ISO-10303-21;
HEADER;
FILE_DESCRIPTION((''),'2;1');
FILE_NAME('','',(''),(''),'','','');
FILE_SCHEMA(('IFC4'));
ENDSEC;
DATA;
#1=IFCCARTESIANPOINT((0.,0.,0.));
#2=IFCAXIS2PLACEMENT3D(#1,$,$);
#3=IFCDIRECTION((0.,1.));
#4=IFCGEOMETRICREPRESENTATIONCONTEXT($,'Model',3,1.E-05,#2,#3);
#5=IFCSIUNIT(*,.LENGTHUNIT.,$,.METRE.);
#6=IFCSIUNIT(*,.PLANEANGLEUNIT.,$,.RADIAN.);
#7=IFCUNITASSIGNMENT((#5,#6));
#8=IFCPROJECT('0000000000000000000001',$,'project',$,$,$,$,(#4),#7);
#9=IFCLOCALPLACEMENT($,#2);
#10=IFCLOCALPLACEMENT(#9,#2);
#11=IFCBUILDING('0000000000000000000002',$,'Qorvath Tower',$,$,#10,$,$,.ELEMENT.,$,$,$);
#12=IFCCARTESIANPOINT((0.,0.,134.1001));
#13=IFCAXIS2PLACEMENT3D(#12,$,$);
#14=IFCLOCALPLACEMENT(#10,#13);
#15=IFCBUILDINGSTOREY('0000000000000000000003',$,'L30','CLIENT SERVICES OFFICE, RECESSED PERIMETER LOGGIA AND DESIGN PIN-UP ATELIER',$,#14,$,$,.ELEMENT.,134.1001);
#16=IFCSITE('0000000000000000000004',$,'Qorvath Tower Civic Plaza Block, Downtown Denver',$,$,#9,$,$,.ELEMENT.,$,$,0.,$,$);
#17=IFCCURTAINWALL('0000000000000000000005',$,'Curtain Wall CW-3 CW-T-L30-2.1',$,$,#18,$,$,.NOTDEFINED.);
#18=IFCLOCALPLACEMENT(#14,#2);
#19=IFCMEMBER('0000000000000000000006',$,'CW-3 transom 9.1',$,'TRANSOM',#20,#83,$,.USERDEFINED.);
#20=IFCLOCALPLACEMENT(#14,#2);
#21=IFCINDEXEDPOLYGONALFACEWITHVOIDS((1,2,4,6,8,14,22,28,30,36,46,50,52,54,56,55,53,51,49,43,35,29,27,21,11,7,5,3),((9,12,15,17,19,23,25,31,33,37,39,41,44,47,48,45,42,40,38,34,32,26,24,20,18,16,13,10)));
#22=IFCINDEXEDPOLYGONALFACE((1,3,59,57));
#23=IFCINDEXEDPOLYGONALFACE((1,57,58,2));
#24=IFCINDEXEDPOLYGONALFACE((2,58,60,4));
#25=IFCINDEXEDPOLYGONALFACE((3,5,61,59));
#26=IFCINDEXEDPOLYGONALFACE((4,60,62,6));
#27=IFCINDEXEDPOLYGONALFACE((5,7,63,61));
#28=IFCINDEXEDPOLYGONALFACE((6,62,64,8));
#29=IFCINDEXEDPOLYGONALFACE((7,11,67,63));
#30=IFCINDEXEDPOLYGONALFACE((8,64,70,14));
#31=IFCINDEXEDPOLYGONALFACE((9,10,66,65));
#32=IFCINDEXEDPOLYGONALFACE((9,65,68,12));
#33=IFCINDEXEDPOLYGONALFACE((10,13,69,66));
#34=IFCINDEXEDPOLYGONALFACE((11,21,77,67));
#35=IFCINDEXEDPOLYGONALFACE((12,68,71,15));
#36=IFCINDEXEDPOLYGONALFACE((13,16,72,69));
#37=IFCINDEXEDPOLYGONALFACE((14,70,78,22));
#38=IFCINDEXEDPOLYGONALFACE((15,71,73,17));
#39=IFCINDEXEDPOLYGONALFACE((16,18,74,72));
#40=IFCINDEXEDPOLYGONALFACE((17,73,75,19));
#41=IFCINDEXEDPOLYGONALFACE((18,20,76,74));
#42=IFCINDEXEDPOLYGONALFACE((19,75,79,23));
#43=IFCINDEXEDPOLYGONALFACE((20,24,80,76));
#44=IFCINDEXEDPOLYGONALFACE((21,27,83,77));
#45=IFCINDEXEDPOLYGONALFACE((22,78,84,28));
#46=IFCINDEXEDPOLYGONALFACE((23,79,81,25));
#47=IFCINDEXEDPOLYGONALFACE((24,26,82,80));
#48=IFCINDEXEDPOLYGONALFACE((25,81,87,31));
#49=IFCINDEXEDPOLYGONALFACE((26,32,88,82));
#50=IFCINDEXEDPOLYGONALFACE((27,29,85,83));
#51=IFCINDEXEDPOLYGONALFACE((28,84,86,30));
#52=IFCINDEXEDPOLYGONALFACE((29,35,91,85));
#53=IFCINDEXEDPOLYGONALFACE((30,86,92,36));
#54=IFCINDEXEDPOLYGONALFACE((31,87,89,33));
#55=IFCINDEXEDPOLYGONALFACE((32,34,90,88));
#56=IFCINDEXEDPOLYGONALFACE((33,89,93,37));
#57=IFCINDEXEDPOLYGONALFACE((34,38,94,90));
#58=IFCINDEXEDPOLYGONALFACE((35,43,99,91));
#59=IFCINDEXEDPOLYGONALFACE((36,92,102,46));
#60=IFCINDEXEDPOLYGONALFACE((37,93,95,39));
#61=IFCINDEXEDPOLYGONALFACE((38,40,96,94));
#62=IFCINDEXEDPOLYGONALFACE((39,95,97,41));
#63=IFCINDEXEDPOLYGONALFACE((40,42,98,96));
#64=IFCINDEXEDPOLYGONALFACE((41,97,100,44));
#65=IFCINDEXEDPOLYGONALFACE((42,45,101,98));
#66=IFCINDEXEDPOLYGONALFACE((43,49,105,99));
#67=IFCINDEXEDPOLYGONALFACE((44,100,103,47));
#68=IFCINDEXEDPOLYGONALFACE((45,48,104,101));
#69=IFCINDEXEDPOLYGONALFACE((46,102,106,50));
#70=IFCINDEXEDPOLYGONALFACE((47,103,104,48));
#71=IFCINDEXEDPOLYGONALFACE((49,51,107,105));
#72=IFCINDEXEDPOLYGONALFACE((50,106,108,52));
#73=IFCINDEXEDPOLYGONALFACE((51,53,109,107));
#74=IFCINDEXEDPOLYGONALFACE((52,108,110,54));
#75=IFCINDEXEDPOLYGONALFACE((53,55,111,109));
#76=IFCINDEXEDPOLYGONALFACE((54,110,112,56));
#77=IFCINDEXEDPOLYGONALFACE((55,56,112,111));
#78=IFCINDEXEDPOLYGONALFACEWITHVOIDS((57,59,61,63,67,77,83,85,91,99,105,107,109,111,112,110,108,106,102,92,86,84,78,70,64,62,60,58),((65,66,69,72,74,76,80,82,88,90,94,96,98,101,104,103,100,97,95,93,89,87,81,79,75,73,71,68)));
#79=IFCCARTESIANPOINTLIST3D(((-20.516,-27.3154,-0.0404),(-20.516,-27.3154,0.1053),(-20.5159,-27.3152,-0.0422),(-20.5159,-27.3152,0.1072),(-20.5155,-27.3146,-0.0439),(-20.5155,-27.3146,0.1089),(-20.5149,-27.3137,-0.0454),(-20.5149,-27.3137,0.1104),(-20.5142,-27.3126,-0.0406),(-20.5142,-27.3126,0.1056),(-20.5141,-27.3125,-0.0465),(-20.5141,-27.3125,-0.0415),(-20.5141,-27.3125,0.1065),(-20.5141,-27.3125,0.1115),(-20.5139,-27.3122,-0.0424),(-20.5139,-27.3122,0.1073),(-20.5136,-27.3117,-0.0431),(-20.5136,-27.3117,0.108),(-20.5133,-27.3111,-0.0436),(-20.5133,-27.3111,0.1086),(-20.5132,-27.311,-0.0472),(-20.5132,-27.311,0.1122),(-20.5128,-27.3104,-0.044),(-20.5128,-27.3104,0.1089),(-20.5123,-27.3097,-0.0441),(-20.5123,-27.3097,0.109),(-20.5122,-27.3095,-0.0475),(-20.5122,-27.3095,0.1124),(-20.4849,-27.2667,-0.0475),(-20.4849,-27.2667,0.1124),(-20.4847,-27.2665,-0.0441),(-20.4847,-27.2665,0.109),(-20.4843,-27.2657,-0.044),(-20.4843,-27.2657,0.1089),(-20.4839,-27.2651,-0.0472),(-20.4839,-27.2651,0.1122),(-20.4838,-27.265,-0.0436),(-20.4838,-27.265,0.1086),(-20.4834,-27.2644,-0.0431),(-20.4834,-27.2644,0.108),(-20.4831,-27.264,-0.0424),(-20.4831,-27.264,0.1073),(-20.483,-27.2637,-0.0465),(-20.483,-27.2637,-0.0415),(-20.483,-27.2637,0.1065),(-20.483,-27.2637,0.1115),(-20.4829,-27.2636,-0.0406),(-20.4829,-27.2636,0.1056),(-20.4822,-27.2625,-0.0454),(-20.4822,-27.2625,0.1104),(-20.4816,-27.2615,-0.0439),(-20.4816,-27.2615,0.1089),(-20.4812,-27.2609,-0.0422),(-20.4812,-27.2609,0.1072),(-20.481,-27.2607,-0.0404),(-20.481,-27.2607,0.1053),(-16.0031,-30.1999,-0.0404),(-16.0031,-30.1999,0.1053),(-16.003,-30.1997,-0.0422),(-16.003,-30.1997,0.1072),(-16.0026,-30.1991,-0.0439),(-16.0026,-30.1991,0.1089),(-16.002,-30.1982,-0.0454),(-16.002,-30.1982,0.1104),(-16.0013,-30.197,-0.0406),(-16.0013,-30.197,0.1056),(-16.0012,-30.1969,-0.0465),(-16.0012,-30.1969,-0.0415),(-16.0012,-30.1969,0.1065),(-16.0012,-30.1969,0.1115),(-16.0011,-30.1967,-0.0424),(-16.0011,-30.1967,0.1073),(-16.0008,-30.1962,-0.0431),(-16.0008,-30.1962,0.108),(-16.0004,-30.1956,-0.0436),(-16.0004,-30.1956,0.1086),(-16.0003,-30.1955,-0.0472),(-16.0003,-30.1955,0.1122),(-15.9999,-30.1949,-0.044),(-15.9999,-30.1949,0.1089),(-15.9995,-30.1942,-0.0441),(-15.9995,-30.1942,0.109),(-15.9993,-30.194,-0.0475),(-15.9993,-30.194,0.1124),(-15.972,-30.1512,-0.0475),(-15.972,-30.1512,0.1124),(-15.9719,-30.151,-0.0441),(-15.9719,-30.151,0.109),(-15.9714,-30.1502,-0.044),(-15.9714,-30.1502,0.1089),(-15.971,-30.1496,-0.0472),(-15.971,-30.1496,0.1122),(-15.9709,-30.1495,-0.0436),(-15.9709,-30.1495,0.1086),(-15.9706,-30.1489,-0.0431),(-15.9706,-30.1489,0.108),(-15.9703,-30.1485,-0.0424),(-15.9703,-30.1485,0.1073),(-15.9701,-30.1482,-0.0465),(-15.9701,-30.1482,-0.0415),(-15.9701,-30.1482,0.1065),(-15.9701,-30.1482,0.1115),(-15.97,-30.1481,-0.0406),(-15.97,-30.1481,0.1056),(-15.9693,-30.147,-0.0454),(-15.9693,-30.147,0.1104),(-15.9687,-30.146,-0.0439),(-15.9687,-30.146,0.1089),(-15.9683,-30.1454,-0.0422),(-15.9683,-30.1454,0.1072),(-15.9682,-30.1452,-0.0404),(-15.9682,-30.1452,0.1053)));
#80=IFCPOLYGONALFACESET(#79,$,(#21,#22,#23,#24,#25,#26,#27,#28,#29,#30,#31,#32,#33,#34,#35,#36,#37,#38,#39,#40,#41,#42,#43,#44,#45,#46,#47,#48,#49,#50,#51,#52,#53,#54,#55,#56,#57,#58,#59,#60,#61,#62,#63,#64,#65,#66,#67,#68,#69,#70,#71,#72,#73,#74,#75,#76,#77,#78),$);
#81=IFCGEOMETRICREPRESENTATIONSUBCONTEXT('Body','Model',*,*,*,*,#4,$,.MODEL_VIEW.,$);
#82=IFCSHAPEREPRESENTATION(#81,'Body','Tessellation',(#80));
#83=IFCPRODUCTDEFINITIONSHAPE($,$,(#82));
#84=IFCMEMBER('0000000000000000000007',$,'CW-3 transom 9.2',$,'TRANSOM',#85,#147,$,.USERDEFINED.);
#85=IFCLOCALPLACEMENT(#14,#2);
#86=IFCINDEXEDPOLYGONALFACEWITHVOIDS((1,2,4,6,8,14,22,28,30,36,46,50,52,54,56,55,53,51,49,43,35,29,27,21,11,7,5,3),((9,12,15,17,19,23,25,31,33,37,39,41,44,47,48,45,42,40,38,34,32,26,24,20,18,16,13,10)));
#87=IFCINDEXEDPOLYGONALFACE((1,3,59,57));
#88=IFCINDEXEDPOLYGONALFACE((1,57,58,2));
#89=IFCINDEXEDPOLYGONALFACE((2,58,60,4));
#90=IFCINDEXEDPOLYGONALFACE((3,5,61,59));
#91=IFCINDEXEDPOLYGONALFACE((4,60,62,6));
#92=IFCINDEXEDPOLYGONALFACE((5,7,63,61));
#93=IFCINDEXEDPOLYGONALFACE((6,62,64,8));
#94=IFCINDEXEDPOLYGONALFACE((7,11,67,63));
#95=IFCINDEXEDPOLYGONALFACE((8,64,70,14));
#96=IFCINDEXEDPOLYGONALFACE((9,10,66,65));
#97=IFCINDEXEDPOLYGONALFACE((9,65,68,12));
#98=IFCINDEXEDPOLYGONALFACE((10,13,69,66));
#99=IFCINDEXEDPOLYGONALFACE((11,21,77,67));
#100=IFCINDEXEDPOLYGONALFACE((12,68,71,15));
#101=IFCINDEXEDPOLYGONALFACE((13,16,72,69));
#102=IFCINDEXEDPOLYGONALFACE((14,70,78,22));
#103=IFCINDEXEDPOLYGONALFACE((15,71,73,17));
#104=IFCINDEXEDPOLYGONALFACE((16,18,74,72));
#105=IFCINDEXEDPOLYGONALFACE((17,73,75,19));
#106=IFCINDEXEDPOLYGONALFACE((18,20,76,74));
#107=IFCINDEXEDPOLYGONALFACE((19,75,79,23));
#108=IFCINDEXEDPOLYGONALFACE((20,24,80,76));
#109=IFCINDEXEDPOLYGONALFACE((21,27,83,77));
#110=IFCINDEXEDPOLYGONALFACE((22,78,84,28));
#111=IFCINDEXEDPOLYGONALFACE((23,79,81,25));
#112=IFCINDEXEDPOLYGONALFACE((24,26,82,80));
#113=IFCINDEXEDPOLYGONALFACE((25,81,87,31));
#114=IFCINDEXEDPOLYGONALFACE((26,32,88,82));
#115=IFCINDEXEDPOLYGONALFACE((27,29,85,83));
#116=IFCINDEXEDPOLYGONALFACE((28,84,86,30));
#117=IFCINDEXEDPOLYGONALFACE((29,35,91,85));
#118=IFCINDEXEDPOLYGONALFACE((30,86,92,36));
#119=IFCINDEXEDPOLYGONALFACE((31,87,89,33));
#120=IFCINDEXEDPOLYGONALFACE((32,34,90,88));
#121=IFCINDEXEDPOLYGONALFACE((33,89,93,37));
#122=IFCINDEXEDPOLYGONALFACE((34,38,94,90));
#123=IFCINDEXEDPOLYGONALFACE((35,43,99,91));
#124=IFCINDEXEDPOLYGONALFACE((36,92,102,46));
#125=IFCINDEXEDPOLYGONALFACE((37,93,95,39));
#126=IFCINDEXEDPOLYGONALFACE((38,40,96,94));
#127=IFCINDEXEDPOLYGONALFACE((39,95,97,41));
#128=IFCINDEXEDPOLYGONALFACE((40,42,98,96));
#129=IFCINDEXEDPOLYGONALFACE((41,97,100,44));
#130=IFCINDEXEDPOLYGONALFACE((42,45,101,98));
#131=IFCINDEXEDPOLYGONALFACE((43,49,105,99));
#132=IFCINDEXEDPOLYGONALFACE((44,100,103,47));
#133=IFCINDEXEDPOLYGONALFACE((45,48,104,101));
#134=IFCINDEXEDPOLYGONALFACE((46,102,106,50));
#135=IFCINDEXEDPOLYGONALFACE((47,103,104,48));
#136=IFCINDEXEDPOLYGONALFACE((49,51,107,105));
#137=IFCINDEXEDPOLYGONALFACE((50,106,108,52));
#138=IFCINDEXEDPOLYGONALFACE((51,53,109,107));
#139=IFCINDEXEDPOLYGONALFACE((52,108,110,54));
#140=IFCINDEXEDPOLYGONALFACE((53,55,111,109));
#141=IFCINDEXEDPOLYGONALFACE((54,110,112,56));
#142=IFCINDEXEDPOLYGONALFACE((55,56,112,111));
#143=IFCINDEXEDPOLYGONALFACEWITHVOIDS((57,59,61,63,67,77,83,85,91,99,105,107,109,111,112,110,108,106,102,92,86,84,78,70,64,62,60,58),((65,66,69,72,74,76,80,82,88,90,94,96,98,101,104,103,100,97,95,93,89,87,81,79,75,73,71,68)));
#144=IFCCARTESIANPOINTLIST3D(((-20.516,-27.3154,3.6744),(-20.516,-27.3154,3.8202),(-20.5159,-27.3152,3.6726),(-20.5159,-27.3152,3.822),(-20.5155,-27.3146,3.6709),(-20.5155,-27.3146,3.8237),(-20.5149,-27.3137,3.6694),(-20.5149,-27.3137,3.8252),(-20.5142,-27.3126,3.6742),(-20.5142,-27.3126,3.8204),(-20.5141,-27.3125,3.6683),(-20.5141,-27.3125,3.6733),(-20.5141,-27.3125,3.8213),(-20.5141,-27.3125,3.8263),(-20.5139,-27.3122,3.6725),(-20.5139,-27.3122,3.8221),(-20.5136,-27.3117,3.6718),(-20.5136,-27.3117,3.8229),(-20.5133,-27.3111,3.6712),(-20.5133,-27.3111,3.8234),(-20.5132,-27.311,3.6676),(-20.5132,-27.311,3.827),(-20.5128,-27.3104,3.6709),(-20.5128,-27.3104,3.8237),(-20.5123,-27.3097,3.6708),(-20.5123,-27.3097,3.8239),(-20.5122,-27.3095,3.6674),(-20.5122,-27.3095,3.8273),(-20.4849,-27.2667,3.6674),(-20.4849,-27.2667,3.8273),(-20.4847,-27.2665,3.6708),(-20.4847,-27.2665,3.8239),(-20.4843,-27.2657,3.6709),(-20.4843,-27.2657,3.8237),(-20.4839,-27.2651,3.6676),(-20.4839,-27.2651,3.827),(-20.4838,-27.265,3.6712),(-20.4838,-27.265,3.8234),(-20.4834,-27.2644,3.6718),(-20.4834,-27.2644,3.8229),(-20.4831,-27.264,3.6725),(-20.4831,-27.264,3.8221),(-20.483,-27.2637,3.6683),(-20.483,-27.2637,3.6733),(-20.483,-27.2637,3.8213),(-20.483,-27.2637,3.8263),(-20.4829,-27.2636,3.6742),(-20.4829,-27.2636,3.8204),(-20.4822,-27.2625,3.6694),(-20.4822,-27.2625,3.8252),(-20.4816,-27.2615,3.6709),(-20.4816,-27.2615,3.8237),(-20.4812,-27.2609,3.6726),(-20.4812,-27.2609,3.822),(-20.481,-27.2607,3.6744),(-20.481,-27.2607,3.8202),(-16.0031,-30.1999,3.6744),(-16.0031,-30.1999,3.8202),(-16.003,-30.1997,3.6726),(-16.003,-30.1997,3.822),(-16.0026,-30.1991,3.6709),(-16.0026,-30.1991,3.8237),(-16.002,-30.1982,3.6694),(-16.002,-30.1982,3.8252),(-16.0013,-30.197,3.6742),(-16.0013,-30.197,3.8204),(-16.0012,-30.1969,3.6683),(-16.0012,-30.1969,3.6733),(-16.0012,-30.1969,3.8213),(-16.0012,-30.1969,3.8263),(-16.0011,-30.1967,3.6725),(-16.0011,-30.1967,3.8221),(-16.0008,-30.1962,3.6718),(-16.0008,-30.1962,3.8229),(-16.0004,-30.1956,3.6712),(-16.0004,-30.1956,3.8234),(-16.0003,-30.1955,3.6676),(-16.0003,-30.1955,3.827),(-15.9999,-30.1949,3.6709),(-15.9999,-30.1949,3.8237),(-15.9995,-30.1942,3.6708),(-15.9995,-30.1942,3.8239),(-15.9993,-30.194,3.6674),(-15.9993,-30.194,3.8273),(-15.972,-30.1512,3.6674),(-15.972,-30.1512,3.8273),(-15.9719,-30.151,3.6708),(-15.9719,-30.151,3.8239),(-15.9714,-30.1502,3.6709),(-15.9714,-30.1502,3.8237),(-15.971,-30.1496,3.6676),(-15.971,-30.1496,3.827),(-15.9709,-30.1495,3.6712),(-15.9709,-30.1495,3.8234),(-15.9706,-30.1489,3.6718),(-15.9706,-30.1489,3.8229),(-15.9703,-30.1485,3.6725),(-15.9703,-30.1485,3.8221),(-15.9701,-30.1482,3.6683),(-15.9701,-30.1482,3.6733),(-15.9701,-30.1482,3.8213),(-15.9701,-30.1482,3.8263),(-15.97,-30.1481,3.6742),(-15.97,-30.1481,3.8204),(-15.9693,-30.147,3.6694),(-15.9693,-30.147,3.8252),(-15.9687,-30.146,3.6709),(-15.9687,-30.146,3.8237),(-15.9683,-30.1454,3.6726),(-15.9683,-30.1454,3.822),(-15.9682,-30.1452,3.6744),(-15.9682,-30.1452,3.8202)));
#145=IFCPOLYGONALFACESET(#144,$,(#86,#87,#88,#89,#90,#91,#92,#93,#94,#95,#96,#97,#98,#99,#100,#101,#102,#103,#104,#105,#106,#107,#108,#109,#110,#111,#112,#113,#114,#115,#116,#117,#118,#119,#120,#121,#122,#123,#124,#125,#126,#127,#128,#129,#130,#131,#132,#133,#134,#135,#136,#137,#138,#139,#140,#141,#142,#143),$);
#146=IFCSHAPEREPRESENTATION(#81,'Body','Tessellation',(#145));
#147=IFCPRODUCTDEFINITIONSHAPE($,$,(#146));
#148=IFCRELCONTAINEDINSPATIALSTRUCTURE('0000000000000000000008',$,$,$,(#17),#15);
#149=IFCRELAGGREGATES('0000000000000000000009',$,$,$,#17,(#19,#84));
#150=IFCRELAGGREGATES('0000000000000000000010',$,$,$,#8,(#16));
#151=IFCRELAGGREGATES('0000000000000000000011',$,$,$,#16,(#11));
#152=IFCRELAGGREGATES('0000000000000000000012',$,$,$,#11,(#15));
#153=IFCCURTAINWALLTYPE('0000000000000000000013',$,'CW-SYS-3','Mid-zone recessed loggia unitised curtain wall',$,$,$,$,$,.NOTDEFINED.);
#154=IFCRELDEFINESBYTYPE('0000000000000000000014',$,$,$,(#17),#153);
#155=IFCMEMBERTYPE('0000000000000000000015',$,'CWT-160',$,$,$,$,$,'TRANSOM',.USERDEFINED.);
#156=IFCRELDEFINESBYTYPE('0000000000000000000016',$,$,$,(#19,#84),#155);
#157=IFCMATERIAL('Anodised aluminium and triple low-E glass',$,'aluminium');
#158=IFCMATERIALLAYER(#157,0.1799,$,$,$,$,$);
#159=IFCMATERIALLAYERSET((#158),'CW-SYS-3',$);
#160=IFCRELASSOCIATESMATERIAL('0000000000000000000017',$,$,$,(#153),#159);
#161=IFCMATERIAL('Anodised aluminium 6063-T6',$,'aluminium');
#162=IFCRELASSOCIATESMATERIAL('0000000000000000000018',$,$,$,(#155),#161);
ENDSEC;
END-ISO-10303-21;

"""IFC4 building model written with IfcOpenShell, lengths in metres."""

from ifc_helpers import new_model, si_unit, direction, frame, origin, origin_2d, place, context, subcontext, project, spatial, hollow_rectangle, extrude, material, layer, layer_set, material_profile, profile_set, type_object, element, aggregate, save


model = new_model("IFC4")

# Units and contexts
model_context = context("Model", 3, precision=1e-05, world=origin(), true_north=direction((0.0, 1.0)))
body_context = subcontext(model_context, "Body", "Model", "MODEL_VIEW")
ifc_project = project(units=[si_unit("LENGTHUNIT", "METRE"), si_unit("PLANEANGLEUNIT", "RADIAN")], contexts=[model_context])

# Site, building, storey
site_placement = place(None, origin())
site = spatial("IfcSite", under=ifc_project, at=site_placement, Name="Qorvath Tower Civic Plaza Block, Downtown Denver", CompositionType="ELEMENT", RefElevation=0.0)
building_placement = place(site_placement, origin())
building = spatial("IfcBuilding", under=site, at=building_placement, Name="Qorvath Tower", CompositionType="ELEMENT")
storey_placement = place(building_placement, frame((0.0, 0.0, 134.1001)))
storey = spatial("IfcBuildingStorey", under=building, at=storey_placement, Name="L30", Description="CLIENT SERVICES OFFICE, RECESSED PERIMETER LOGGIA AND DESIGN PIN-UP ATELIER", CompositionType="ELEMENT", Elevation=134.1001)

# Curtain wall
ifc_material_1 = material(Name="Anodised aluminium and triple low-E glass", Category="aluminium")
ifc_layer_1 = layer(ifc_material_1, 0.1799)
ifc_layer_set_1 = layer_set([ifc_layer_1], Name="CW-SYS-3")
curtain_wall_type = type_object("IfcCurtainWallType", Name="CW-SYS-3", Description="Mid-zone recessed loggia unitised curtain wall", PredefinedType="NOTDEFINED", material=ifc_layer_set_1)
curtain_wall_1_placement = place(storey_placement, origin())
curtain_wall_1 = element("IfcCurtainWall", 1, at=curtain_wall_1_placement, inside=storey, type_object=curtain_wall_type, Name="Curtain Wall CW-3 CW-T-L30-2.1", PredefinedType="NOTDEFINED")

# Members
ifc_material_2 = material(Name="Anodised aluminium 6063-T6", Category="aluminium")
ifc_material_profile_1 = material_profile(ifc_material_2, hollow_rectangle(XDim=0.0649, YDim=0.1599, WallThickness=0.0034, InnerFilletRadius=0.0034, OuterFilletRadius=0.0071, at=origin_2d()), Name="CWT 160x65")
ifc_profile_set_1 = profile_set([ifc_material_profile_1], Name="Anodised aluminium 6063-T6")
member_type_1 = type_object("IfcMemberType", Name="CWT-160", ElementType="TRANSOM", PredefinedType="USERDEFINED", material=ifc_profile_set_1)
member_1_placement = place(storey_placement, frame((-20.4985, -27.2881, 0.0325), z_axis=(0.84259, -0.538556, 0.0), x_axis=(0.538556, 0.84259, 0.0)))
member_1 = element("IfcMember", 2, at=member_1_placement, type_object=member_type_1, Name="CW-3 transom 9.1", ObjectType="TRANSOM", PredefinedType="USERDEFINED", context=body_context, shape_type="SweptSolid", body=[
    extrude(hollow_rectangle(XDim=0.0649, YDim=0.1599, WallThickness=0.0034, InnerFilletRadius=0.0034, OuterFilletRadius=0.0071, at=origin_2d()), origin(), (0.0, 0.0, 1.0), 5.356),
])
member_2_placement = place(storey_placement, frame((-20.4985, -27.2881, 3.7473), z_axis=(0.84259, -0.538556, 0.0), x_axis=(0.538556, 0.84259, 0.0)))
member_2 = element("IfcMember", 3, at=member_2_placement, type_object=member_type_1, Name="CW-3 transom 9.2", ObjectType="TRANSOM", PredefinedType="USERDEFINED", context=body_context, shape_type="SweptSolid", body=[
    extrude(hollow_rectangle(XDim=0.0649, YDim=0.1599, WallThickness=0.0034, InnerFilletRadius=0.0034, OuterFilletRadius=0.0071, at=origin_2d()), origin(), (0.0, 0.0, 1.0), 5.356),
])

aggregate(curtain_wall_1, [member_1, member_2])

save(model, "model.ifc")
